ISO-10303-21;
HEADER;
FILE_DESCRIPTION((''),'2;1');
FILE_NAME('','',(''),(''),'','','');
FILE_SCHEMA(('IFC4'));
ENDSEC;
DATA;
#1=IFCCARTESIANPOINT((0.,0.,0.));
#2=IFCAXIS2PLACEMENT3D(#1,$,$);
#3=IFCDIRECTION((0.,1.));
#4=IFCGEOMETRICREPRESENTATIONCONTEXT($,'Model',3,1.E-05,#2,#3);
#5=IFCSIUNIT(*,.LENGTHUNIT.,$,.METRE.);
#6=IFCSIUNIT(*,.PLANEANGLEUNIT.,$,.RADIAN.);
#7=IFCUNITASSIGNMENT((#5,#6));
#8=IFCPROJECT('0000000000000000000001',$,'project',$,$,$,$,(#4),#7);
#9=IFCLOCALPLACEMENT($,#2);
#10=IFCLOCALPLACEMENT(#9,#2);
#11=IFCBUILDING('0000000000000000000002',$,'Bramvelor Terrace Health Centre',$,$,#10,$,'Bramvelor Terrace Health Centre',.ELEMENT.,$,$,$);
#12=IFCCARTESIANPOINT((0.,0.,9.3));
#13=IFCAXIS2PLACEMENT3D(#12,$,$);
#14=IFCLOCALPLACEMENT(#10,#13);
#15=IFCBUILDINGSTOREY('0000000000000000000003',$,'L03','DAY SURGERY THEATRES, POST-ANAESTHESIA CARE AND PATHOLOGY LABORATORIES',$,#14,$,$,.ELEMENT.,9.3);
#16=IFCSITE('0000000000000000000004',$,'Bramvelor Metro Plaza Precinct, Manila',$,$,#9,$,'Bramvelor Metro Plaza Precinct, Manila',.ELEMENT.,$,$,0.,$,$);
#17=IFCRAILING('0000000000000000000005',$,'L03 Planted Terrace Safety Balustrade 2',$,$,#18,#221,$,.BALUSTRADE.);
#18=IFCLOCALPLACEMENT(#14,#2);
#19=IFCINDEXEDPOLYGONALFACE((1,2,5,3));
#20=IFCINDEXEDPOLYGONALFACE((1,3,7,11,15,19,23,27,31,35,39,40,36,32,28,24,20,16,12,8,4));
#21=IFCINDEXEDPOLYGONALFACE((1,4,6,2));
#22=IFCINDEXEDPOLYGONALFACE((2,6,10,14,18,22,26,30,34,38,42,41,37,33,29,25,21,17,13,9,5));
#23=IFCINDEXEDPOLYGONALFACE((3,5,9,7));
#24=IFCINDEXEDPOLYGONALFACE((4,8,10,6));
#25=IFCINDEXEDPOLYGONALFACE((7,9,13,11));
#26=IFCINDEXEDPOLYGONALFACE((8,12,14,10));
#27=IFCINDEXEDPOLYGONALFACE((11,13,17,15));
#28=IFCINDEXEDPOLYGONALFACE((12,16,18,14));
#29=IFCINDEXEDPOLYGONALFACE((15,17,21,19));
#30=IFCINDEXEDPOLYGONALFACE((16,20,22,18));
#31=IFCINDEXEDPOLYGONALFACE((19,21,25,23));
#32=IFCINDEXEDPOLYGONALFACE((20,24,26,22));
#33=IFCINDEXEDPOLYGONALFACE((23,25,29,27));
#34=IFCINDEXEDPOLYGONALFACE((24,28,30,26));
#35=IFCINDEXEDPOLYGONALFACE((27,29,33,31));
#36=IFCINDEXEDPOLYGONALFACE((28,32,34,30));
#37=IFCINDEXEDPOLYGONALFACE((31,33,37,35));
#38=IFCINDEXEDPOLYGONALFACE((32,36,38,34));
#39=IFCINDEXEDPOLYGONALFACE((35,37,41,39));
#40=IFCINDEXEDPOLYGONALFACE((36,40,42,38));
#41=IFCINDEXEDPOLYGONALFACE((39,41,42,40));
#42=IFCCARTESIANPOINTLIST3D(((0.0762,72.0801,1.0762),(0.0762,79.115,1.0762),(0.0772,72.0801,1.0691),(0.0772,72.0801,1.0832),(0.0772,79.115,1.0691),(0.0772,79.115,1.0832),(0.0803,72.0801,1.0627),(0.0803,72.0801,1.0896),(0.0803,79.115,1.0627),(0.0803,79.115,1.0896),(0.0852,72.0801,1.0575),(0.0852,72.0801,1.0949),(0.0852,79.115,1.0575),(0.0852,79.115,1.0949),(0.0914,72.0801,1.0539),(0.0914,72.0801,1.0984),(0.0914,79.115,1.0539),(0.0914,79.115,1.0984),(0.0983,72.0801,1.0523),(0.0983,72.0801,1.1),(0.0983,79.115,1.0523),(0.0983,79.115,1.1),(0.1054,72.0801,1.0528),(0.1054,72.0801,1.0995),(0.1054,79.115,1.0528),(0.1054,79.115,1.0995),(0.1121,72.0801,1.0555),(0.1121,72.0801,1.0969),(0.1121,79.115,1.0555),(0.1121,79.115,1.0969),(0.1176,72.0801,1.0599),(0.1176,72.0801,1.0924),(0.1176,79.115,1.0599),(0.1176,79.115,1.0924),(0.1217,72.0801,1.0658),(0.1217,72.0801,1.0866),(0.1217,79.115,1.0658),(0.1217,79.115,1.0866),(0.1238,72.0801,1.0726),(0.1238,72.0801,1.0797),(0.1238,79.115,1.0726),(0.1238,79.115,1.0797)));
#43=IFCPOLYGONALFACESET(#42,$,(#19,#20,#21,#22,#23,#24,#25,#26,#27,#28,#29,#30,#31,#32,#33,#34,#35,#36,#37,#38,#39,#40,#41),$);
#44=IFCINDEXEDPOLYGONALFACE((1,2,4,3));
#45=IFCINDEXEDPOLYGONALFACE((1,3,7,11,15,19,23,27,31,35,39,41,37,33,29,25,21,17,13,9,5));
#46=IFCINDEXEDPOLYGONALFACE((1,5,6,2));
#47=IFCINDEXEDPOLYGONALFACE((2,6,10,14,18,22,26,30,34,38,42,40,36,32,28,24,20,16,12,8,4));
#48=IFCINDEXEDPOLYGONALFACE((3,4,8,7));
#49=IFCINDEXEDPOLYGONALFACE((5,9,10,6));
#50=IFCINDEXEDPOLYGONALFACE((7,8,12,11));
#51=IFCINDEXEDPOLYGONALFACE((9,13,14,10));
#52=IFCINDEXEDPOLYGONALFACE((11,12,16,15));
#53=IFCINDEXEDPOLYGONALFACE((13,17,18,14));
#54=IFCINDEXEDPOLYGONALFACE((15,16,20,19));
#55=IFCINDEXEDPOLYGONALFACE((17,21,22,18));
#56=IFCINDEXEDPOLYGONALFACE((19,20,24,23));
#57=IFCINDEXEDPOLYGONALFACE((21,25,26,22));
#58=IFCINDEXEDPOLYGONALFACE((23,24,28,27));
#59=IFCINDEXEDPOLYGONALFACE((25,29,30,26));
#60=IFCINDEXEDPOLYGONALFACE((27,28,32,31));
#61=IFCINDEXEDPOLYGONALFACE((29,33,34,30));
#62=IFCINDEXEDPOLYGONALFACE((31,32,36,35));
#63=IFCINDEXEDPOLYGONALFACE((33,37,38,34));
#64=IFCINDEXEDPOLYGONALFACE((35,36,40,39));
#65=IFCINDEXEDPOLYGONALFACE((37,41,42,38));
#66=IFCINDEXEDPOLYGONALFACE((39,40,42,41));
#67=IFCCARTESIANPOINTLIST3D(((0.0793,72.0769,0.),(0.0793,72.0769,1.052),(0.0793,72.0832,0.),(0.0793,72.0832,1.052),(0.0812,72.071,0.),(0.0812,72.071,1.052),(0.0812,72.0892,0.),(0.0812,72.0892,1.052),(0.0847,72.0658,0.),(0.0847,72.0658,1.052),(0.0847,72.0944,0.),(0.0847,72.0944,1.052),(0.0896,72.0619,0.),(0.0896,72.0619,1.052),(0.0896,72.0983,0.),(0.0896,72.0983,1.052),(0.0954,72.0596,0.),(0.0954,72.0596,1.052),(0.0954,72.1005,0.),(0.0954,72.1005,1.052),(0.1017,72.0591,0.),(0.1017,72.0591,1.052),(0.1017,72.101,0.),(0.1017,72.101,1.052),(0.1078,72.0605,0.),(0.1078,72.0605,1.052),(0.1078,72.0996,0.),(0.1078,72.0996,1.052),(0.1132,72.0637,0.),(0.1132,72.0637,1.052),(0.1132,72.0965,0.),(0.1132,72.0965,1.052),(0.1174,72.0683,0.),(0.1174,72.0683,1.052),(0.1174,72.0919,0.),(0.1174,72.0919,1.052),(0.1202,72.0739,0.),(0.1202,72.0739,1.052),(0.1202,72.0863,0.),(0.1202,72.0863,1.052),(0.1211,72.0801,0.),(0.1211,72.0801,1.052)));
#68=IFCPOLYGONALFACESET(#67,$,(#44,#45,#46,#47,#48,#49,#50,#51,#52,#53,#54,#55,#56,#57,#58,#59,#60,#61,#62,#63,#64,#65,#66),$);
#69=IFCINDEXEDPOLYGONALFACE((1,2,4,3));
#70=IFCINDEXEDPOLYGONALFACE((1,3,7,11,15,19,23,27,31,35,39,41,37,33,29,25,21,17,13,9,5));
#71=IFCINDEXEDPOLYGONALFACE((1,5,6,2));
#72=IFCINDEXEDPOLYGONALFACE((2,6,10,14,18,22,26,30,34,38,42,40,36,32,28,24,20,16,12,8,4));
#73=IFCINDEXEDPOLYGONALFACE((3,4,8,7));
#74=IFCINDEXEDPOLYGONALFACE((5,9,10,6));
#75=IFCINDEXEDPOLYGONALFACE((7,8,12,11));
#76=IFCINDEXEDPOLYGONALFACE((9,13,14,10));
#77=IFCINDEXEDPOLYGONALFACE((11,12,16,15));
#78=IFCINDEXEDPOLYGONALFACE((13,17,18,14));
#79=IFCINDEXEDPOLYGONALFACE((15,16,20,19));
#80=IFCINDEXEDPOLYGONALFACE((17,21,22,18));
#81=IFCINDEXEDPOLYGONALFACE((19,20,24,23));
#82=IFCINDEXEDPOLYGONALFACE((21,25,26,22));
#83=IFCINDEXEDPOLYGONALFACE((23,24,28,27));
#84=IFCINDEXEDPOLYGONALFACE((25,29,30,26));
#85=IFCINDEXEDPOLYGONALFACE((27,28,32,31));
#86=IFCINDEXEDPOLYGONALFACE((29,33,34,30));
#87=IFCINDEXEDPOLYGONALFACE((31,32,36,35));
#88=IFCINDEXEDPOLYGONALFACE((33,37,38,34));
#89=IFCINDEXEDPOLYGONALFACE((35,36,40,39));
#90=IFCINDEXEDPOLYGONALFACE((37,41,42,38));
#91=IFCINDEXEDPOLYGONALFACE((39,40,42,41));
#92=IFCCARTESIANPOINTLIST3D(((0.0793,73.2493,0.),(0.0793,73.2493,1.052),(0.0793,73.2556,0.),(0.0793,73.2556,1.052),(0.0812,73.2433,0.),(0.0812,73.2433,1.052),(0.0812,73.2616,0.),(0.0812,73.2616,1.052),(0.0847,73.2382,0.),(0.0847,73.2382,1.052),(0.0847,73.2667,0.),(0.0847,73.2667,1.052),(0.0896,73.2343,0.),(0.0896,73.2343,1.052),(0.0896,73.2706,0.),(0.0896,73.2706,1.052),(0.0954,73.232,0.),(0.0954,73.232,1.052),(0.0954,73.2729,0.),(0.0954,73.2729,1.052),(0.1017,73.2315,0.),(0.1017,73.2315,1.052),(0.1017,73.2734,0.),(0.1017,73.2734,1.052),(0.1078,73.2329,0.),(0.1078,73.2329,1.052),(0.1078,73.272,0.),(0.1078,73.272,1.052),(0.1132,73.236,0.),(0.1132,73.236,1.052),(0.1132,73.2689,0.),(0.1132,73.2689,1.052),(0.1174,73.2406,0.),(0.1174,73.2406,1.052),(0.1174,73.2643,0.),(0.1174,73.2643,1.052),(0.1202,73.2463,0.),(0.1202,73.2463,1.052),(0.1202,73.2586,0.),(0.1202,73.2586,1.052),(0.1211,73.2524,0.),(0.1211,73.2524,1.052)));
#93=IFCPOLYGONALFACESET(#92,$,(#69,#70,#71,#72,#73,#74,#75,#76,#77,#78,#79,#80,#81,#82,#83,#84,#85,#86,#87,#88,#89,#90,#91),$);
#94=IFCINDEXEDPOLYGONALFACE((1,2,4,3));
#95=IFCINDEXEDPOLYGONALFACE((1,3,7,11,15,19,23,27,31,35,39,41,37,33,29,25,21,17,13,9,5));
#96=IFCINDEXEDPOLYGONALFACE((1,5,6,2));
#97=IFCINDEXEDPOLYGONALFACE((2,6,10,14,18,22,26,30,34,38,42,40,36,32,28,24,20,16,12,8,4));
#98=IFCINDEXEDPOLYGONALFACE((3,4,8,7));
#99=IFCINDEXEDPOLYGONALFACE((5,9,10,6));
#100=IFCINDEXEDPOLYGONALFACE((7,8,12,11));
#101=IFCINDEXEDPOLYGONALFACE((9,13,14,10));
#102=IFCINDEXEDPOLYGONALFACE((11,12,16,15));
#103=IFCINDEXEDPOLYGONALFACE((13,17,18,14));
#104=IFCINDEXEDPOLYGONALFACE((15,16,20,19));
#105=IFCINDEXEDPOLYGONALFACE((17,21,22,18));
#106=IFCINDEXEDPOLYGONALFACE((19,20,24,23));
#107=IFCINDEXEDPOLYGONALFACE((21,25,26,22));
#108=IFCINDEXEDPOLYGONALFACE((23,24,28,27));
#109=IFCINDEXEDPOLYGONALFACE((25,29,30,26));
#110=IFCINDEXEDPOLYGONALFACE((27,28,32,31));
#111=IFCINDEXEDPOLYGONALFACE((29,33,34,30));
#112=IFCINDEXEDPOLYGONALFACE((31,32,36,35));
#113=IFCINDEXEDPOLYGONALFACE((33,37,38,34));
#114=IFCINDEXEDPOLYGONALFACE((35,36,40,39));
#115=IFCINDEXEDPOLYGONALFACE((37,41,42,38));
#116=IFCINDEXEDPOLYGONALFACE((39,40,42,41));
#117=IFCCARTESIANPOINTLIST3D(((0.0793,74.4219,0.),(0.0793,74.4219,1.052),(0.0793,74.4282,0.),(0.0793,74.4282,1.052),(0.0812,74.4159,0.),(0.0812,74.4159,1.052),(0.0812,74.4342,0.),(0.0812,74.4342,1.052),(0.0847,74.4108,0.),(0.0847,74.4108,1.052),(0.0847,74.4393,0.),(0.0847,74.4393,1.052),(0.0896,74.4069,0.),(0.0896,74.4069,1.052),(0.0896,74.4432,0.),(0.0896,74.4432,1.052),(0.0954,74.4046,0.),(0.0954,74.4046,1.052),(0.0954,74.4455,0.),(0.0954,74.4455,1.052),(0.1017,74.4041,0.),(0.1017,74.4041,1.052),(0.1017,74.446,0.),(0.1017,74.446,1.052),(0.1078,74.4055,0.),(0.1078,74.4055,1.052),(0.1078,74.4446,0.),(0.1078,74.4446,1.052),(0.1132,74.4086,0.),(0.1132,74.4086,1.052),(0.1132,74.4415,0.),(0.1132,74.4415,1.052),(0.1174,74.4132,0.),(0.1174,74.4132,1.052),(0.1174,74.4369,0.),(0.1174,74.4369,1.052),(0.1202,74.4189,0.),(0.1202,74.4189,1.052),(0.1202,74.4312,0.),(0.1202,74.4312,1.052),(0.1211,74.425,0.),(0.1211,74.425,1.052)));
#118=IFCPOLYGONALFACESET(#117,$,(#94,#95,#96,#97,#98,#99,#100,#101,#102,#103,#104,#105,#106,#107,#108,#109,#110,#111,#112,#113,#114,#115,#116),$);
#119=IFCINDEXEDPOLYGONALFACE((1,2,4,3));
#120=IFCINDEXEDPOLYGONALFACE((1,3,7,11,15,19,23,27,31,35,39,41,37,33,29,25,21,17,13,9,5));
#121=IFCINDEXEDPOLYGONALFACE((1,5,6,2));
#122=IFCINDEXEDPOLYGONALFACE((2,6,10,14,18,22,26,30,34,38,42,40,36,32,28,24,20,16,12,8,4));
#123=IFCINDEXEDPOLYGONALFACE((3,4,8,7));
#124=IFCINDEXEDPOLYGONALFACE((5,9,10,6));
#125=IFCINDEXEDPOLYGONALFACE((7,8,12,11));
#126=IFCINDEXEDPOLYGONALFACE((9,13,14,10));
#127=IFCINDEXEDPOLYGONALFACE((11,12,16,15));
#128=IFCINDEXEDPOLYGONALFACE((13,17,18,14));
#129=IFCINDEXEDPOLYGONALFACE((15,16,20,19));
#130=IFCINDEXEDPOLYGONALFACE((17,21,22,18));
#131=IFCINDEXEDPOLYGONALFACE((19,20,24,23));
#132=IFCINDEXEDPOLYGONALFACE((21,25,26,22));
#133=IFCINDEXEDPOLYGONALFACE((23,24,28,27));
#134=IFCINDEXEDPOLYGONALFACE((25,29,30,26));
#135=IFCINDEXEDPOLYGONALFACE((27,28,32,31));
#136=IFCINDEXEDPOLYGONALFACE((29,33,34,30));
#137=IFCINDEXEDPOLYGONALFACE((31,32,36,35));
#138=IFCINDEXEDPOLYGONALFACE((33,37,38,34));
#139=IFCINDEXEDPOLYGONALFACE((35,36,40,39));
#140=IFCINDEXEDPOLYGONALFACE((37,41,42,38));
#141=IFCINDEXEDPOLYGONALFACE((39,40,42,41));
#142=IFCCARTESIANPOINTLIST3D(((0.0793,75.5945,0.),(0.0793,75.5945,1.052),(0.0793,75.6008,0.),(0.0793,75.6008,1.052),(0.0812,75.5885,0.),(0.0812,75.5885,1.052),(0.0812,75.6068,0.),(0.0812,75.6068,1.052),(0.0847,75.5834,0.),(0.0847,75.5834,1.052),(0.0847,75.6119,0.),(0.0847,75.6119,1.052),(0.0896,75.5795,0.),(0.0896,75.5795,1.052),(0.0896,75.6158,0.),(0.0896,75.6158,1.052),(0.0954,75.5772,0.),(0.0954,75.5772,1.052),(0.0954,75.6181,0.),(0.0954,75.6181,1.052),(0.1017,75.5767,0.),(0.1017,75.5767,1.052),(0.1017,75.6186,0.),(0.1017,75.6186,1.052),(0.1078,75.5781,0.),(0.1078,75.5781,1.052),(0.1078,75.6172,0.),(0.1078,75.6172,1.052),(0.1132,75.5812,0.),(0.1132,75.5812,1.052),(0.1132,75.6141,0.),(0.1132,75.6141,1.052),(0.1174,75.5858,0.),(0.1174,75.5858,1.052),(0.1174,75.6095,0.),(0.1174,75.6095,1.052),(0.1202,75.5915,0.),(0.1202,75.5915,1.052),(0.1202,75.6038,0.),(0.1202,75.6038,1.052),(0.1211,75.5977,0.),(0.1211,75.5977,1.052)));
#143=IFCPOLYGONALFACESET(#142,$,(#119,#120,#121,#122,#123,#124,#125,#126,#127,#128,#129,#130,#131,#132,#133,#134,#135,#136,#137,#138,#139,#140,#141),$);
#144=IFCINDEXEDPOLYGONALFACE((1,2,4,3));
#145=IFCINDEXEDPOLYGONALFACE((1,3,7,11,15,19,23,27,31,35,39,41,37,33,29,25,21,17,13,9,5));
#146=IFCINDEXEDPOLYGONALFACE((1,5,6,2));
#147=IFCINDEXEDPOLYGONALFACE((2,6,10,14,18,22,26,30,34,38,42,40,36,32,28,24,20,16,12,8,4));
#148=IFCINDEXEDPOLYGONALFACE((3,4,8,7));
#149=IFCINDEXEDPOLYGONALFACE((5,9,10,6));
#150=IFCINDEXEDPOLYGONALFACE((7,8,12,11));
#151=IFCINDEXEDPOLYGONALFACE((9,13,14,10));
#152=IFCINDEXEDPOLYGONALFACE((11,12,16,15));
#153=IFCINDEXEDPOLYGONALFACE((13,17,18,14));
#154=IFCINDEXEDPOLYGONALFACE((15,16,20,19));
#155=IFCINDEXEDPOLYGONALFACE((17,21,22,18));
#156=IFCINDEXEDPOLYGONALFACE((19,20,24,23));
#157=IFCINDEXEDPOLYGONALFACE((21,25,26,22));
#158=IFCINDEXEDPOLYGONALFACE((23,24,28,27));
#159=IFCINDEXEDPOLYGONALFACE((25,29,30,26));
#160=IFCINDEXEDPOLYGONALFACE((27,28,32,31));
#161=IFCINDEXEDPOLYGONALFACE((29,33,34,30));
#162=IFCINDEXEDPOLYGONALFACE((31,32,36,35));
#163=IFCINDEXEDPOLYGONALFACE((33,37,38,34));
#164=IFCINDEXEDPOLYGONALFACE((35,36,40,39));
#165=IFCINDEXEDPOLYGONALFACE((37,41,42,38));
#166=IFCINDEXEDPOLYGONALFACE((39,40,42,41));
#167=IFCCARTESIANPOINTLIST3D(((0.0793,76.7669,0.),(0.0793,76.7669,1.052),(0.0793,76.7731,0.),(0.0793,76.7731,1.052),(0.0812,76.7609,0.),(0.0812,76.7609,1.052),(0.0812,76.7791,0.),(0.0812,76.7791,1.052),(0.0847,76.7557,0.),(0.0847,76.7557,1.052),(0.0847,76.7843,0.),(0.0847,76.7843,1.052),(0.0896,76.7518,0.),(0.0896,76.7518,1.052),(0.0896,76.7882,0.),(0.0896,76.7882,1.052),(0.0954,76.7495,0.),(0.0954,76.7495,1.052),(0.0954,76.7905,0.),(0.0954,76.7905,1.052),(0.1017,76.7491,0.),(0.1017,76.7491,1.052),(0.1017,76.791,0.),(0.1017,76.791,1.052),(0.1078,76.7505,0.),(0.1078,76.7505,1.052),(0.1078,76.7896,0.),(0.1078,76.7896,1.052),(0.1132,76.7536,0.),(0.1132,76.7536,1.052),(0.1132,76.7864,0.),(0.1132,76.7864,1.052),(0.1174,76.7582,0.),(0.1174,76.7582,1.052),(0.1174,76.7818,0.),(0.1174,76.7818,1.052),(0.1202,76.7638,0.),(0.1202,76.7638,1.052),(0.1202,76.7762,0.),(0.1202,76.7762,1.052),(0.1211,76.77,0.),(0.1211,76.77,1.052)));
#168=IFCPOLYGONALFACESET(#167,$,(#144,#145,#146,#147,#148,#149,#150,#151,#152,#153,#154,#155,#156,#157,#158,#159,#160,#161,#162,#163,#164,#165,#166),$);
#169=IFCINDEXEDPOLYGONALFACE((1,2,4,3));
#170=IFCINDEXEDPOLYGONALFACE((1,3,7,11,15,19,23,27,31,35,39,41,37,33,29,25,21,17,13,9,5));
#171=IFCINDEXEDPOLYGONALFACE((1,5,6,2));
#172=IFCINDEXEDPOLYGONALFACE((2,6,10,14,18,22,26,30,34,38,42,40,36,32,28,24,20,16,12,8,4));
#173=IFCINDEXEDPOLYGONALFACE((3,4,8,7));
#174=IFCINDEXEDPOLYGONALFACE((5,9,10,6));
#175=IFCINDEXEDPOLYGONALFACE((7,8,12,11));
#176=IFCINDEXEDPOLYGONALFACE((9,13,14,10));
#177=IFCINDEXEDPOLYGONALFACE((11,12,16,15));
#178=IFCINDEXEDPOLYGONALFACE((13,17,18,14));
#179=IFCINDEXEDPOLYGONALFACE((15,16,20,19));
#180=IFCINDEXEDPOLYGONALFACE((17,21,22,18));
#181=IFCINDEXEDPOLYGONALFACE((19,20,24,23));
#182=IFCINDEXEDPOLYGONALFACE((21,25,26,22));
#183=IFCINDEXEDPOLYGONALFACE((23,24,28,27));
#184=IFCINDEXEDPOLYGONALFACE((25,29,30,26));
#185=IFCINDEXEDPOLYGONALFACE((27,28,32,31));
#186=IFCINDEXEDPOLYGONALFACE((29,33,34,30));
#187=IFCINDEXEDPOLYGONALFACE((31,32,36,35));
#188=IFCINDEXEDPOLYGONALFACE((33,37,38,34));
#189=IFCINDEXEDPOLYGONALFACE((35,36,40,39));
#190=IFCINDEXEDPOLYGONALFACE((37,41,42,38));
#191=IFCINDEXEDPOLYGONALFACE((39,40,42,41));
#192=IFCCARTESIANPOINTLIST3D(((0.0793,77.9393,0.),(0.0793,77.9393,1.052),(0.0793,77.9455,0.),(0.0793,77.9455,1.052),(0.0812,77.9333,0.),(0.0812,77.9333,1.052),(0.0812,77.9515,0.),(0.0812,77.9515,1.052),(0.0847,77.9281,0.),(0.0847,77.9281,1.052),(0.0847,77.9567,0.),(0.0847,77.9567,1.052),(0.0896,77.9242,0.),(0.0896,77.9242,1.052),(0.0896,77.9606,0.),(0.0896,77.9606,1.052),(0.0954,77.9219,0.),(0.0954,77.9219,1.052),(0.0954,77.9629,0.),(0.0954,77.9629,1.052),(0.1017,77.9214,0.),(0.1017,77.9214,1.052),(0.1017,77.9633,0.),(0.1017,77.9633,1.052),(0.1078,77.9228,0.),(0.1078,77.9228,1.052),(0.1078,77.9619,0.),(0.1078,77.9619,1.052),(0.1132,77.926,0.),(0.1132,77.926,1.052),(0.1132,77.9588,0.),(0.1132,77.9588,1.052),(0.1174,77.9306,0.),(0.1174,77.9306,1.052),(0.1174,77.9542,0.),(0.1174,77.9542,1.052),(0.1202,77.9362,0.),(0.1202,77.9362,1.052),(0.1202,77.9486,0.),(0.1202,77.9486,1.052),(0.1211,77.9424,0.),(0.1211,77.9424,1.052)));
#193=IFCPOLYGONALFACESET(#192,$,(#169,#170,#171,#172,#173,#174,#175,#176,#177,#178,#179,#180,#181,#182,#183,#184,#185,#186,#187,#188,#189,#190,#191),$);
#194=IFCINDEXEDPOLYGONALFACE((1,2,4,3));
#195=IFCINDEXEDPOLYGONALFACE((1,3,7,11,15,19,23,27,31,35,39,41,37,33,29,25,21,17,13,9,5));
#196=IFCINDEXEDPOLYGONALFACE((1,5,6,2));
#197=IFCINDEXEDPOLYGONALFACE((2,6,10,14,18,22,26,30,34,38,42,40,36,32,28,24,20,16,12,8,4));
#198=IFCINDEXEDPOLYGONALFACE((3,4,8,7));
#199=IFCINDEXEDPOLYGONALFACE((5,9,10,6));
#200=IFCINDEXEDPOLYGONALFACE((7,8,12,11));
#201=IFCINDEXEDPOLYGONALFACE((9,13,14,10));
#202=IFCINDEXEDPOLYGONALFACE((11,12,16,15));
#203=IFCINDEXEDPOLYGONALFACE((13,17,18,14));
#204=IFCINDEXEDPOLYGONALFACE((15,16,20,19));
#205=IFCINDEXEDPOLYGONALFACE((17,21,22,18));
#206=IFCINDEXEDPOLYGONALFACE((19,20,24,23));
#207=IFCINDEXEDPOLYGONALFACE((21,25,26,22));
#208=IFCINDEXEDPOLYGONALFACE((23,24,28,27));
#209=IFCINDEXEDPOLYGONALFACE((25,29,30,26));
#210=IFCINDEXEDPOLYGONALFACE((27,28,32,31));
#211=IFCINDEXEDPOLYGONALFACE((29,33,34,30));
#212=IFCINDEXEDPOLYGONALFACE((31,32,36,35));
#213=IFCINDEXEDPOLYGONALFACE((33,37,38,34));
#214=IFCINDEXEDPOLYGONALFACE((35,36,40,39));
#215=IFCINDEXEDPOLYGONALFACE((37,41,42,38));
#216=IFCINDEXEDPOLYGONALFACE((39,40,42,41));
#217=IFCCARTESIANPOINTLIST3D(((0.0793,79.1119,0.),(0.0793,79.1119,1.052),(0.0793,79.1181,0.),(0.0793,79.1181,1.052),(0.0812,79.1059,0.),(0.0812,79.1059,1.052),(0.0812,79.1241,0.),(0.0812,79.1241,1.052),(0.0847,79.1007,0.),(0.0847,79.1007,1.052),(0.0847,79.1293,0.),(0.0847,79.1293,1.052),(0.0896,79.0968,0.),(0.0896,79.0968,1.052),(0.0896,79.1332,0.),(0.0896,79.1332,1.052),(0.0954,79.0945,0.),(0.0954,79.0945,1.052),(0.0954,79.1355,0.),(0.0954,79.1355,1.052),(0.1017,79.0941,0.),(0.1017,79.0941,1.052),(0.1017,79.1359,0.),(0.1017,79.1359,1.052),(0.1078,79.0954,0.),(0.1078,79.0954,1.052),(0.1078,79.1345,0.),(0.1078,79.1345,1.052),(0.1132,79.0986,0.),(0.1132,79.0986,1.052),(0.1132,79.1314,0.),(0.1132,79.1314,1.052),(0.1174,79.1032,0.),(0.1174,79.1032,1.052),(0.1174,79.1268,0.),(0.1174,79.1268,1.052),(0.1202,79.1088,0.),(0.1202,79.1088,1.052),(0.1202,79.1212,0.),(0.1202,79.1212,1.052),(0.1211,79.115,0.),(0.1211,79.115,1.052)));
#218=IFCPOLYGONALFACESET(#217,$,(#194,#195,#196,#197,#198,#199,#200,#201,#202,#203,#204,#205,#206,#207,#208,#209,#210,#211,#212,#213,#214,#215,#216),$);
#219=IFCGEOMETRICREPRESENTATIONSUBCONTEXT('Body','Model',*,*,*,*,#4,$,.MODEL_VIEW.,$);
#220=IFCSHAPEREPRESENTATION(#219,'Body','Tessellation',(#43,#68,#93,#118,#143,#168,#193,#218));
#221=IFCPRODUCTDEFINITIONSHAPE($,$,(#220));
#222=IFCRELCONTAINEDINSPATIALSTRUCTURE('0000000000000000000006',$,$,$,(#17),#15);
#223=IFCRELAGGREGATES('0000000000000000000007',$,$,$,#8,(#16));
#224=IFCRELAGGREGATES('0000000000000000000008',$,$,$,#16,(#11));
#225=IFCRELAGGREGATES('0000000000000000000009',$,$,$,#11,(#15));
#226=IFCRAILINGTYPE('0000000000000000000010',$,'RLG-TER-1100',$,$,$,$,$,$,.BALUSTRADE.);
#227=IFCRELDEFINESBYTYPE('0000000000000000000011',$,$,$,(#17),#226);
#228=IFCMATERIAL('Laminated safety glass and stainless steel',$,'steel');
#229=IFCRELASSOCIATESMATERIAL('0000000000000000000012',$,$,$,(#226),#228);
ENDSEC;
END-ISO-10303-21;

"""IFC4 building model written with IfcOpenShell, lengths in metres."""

from ifc_helpers import new_model, si_unit, direction, frame, origin, origin_2d, place, context, subcontext, project, spatial, circle, extrude, material, type_object, element, save


model = new_model("IFC4")

# Units and contexts
model_context = context("Model", 3, precision=1e-05, world=origin(), true_north=direction((0.0, 1.0)))
body_context = subcontext(model_context, "Body", "Model", "MODEL_VIEW")
ifc_project = project(units=[si_unit("LENGTHUNIT", "METRE"), si_unit("PLANEANGLEUNIT", "RADIAN")], contexts=[model_context])

# Site, building, storey
site_placement = place(None, origin())
site = spatial("IfcSite", under=ifc_project, at=site_placement, Name="Bramvelor Metro Plaza Precinct, Manila", LongName="Bramvelor Metro Plaza Precinct, Manila", CompositionType="ELEMENT", RefElevation=0.0)
building_placement = place(site_placement, origin())
building = spatial("IfcBuilding", under=site, at=building_placement, Name="Bramvelor Terrace Health Centre", LongName="Bramvelor Terrace Health Centre", CompositionType="ELEMENT")
storey_placement = place(building_placement, frame((0.0, 0.0, 9.3)))
storey = spatial("IfcBuildingStorey", under=building, at=storey_placement, Name="L03", Description="DAY SURGERY THEATRES, POST-ANAESTHESIA CARE AND PATHOLOGY LABORATORIES", CompositionType="ELEMENT", Elevation=9.3)

# Railing
ifc_material_1 = material(Name="Laminated safety glass and stainless steel", Category="steel")
railing_type = type_object("IfcRailingType", Name="RLG-TER-1100", PredefinedType="BALUSTRADE", material=ifc_material_1)
railing_1_placement = place(storey_placement, frame((0.1001, 72.0801, 0.0)))
element("IfcRailing", 1, at=railing_1_placement, inside=storey, type_object=railing_type, Name="L03 Planted Terrace Safety Balustrade 2", PredefinedType="BALUSTRADE", context=body_context, shape_type="SweptSolid", body=[
    extrude(circle(Radius=0.0239, at=origin_2d()), frame((0.0, 0.0, 1.0762), z_axis=(0.0, 1.0, 0.0), x_axis=(-1.0, 0.0, 0.0)), (0.0, 0.0, 1.0), 7.0349),
    extrude(circle(Radius=0.021, at=origin_2d()), origin(), (0.0, 0.0, 1.0), 1.052),
    extrude(circle(Radius=0.021, at=origin_2d()), frame((0.0, 1.1724, 0.0)), (0.0, 0.0, 1.0), 1.052),
    extrude(circle(Radius=0.021, at=origin_2d()), frame((0.0, 2.345, 0.0)), (0.0, 0.0, 1.0), 1.052),
    extrude(circle(Radius=0.021, at=origin_2d()), frame((0.0, 3.5176, 0.0)), (0.0, 0.0, 1.0), 1.052),
    extrude(circle(Radius=0.021, at=origin_2d()), frame((0.0, 4.6899, 0.0)), (0.0, 0.0, 1.0), 1.052),
    extrude(circle(Radius=0.021, at=origin_2d()), frame((0.0, 5.8623, 0.0)), (0.0, 0.0, 1.0), 1.052),
    extrude(circle(Radius=0.021, at=origin_2d()), frame((0.0, 7.0349, 0.0)), (0.0, 0.0, 1.0), 1.052),
])

save(model, "model.ifc")
